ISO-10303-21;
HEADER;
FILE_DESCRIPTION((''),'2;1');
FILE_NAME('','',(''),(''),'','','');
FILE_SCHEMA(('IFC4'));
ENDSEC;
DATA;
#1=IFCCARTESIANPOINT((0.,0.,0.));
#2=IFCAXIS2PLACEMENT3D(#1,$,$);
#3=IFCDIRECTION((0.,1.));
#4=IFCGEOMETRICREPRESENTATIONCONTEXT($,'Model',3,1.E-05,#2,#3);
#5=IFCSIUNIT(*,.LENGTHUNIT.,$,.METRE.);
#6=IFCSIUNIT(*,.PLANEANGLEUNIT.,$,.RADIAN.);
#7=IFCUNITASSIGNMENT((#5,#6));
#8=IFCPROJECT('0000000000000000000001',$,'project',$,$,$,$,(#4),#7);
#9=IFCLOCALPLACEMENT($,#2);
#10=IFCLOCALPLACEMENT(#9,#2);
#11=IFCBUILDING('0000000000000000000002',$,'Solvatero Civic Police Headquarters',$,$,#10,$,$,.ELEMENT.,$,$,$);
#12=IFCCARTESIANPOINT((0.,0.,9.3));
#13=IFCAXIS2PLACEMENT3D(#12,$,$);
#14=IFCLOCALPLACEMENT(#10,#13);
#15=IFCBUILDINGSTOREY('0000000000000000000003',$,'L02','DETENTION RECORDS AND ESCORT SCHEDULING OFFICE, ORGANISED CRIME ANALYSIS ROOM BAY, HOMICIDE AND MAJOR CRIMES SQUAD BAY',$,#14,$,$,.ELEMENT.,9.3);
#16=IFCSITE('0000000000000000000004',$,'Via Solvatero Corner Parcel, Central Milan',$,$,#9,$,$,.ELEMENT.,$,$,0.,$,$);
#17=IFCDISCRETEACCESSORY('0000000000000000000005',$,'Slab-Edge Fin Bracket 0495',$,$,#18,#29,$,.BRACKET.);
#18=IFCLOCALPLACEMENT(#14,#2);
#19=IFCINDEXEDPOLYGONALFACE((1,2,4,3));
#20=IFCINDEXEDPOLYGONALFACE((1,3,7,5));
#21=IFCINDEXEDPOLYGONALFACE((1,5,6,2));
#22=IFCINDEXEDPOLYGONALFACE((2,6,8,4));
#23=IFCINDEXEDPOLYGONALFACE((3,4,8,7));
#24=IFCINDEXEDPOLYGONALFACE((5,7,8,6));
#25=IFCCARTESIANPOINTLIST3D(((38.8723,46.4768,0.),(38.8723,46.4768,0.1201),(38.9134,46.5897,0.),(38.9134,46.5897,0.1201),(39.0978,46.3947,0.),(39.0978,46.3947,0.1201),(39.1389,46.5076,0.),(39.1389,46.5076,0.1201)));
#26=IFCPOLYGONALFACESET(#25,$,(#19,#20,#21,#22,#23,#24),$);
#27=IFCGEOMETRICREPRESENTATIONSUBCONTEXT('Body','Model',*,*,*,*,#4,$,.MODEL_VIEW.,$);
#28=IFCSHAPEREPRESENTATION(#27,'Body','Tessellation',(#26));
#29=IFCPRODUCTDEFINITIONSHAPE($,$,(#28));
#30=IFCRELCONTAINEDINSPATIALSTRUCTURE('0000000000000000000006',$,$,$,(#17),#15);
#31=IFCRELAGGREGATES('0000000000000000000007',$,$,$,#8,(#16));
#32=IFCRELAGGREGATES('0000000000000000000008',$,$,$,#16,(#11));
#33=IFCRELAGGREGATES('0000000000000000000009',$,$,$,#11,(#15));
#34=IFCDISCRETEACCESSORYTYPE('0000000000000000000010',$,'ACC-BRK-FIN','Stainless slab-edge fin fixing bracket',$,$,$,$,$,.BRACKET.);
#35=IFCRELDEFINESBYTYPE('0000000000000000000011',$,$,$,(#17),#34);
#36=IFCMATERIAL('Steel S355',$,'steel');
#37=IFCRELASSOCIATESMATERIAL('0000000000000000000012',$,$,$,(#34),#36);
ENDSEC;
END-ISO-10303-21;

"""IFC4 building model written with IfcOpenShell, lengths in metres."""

from ifc_helpers import new_model, si_unit, direction, frame, origin, origin_2d, place, context, subcontext, project, spatial, rectangle, extrude, material, type_object, element, save


model = new_model("IFC4")

# Units and contexts
model_context = context("Model", 3, precision=1e-05, world=origin(), true_north=direction((0.0, 1.0)))
body_context = subcontext(model_context, "Body", "Model", "MODEL_VIEW")
ifc_project = project(units=[si_unit("LENGTHUNIT", "METRE"), si_unit("PLANEANGLEUNIT", "RADIAN")], contexts=[model_context])

# Site, building, storey
site_placement = place(None, origin())
site = spatial("IfcSite", under=ifc_project, at=site_placement, Name="Via Solvatero Corner Parcel, Central Milan", CompositionType="ELEMENT", RefElevation=0.0)
building_placement = place(site_placement, origin())
building = spatial("IfcBuilding", under=site, at=building_placement, Name="Solvatero Civic Police Headquarters", CompositionType="ELEMENT")
storey_placement = place(building_placement, frame((0.0, 0.0, 9.3)))
storey = spatial("IfcBuildingStorey", under=building, at=storey_placement, Name="L02", Description="DETENTION RECORDS AND ESCORT SCHEDULING OFFICE, ORGANISED CRIME ANALYSIS ROOM BAY, HOMICIDE AND MAJOR CRIMES SQUAD BAY", CompositionType="ELEMENT", Elevation=9.3)

# Shared definitions
ifc_material_1 = material(Name="Steel S355", Category="steel")

# Discrete accessory
discrete_accessory_type = type_object("IfcDiscreteAccessoryType", Name="ACC-BRK-FIN", Description="Stainless slab-edge fin fixing bracket", PredefinedType="BRACKET", material=ifc_material_1)
for number, where, z_axis, x_axis, name in (
    (1, (39.0056, 46.4922, 0.0), (0.0, 0.0, 1.0), (-0.34202, -0.939693, 0.0), "Slab-Edge Fin Bracket 0495"),
):
    element("IfcDiscreteAccessory", number, at=place(storey_placement, frame(where, z_axis=z_axis, x_axis=x_axis)), inside=storey, type_object=discrete_accessory_type, Name=name, PredefinedType="BRACKET", context=body_context, shape_type="SweptSolid", body=[
        extrude(rectangle(XDim=0.1201, YDim=0.24, at=origin_2d()), origin(), (0.0, 0.0, 1.0), 0.1201),
    ])

save(model, "model.ifc")
